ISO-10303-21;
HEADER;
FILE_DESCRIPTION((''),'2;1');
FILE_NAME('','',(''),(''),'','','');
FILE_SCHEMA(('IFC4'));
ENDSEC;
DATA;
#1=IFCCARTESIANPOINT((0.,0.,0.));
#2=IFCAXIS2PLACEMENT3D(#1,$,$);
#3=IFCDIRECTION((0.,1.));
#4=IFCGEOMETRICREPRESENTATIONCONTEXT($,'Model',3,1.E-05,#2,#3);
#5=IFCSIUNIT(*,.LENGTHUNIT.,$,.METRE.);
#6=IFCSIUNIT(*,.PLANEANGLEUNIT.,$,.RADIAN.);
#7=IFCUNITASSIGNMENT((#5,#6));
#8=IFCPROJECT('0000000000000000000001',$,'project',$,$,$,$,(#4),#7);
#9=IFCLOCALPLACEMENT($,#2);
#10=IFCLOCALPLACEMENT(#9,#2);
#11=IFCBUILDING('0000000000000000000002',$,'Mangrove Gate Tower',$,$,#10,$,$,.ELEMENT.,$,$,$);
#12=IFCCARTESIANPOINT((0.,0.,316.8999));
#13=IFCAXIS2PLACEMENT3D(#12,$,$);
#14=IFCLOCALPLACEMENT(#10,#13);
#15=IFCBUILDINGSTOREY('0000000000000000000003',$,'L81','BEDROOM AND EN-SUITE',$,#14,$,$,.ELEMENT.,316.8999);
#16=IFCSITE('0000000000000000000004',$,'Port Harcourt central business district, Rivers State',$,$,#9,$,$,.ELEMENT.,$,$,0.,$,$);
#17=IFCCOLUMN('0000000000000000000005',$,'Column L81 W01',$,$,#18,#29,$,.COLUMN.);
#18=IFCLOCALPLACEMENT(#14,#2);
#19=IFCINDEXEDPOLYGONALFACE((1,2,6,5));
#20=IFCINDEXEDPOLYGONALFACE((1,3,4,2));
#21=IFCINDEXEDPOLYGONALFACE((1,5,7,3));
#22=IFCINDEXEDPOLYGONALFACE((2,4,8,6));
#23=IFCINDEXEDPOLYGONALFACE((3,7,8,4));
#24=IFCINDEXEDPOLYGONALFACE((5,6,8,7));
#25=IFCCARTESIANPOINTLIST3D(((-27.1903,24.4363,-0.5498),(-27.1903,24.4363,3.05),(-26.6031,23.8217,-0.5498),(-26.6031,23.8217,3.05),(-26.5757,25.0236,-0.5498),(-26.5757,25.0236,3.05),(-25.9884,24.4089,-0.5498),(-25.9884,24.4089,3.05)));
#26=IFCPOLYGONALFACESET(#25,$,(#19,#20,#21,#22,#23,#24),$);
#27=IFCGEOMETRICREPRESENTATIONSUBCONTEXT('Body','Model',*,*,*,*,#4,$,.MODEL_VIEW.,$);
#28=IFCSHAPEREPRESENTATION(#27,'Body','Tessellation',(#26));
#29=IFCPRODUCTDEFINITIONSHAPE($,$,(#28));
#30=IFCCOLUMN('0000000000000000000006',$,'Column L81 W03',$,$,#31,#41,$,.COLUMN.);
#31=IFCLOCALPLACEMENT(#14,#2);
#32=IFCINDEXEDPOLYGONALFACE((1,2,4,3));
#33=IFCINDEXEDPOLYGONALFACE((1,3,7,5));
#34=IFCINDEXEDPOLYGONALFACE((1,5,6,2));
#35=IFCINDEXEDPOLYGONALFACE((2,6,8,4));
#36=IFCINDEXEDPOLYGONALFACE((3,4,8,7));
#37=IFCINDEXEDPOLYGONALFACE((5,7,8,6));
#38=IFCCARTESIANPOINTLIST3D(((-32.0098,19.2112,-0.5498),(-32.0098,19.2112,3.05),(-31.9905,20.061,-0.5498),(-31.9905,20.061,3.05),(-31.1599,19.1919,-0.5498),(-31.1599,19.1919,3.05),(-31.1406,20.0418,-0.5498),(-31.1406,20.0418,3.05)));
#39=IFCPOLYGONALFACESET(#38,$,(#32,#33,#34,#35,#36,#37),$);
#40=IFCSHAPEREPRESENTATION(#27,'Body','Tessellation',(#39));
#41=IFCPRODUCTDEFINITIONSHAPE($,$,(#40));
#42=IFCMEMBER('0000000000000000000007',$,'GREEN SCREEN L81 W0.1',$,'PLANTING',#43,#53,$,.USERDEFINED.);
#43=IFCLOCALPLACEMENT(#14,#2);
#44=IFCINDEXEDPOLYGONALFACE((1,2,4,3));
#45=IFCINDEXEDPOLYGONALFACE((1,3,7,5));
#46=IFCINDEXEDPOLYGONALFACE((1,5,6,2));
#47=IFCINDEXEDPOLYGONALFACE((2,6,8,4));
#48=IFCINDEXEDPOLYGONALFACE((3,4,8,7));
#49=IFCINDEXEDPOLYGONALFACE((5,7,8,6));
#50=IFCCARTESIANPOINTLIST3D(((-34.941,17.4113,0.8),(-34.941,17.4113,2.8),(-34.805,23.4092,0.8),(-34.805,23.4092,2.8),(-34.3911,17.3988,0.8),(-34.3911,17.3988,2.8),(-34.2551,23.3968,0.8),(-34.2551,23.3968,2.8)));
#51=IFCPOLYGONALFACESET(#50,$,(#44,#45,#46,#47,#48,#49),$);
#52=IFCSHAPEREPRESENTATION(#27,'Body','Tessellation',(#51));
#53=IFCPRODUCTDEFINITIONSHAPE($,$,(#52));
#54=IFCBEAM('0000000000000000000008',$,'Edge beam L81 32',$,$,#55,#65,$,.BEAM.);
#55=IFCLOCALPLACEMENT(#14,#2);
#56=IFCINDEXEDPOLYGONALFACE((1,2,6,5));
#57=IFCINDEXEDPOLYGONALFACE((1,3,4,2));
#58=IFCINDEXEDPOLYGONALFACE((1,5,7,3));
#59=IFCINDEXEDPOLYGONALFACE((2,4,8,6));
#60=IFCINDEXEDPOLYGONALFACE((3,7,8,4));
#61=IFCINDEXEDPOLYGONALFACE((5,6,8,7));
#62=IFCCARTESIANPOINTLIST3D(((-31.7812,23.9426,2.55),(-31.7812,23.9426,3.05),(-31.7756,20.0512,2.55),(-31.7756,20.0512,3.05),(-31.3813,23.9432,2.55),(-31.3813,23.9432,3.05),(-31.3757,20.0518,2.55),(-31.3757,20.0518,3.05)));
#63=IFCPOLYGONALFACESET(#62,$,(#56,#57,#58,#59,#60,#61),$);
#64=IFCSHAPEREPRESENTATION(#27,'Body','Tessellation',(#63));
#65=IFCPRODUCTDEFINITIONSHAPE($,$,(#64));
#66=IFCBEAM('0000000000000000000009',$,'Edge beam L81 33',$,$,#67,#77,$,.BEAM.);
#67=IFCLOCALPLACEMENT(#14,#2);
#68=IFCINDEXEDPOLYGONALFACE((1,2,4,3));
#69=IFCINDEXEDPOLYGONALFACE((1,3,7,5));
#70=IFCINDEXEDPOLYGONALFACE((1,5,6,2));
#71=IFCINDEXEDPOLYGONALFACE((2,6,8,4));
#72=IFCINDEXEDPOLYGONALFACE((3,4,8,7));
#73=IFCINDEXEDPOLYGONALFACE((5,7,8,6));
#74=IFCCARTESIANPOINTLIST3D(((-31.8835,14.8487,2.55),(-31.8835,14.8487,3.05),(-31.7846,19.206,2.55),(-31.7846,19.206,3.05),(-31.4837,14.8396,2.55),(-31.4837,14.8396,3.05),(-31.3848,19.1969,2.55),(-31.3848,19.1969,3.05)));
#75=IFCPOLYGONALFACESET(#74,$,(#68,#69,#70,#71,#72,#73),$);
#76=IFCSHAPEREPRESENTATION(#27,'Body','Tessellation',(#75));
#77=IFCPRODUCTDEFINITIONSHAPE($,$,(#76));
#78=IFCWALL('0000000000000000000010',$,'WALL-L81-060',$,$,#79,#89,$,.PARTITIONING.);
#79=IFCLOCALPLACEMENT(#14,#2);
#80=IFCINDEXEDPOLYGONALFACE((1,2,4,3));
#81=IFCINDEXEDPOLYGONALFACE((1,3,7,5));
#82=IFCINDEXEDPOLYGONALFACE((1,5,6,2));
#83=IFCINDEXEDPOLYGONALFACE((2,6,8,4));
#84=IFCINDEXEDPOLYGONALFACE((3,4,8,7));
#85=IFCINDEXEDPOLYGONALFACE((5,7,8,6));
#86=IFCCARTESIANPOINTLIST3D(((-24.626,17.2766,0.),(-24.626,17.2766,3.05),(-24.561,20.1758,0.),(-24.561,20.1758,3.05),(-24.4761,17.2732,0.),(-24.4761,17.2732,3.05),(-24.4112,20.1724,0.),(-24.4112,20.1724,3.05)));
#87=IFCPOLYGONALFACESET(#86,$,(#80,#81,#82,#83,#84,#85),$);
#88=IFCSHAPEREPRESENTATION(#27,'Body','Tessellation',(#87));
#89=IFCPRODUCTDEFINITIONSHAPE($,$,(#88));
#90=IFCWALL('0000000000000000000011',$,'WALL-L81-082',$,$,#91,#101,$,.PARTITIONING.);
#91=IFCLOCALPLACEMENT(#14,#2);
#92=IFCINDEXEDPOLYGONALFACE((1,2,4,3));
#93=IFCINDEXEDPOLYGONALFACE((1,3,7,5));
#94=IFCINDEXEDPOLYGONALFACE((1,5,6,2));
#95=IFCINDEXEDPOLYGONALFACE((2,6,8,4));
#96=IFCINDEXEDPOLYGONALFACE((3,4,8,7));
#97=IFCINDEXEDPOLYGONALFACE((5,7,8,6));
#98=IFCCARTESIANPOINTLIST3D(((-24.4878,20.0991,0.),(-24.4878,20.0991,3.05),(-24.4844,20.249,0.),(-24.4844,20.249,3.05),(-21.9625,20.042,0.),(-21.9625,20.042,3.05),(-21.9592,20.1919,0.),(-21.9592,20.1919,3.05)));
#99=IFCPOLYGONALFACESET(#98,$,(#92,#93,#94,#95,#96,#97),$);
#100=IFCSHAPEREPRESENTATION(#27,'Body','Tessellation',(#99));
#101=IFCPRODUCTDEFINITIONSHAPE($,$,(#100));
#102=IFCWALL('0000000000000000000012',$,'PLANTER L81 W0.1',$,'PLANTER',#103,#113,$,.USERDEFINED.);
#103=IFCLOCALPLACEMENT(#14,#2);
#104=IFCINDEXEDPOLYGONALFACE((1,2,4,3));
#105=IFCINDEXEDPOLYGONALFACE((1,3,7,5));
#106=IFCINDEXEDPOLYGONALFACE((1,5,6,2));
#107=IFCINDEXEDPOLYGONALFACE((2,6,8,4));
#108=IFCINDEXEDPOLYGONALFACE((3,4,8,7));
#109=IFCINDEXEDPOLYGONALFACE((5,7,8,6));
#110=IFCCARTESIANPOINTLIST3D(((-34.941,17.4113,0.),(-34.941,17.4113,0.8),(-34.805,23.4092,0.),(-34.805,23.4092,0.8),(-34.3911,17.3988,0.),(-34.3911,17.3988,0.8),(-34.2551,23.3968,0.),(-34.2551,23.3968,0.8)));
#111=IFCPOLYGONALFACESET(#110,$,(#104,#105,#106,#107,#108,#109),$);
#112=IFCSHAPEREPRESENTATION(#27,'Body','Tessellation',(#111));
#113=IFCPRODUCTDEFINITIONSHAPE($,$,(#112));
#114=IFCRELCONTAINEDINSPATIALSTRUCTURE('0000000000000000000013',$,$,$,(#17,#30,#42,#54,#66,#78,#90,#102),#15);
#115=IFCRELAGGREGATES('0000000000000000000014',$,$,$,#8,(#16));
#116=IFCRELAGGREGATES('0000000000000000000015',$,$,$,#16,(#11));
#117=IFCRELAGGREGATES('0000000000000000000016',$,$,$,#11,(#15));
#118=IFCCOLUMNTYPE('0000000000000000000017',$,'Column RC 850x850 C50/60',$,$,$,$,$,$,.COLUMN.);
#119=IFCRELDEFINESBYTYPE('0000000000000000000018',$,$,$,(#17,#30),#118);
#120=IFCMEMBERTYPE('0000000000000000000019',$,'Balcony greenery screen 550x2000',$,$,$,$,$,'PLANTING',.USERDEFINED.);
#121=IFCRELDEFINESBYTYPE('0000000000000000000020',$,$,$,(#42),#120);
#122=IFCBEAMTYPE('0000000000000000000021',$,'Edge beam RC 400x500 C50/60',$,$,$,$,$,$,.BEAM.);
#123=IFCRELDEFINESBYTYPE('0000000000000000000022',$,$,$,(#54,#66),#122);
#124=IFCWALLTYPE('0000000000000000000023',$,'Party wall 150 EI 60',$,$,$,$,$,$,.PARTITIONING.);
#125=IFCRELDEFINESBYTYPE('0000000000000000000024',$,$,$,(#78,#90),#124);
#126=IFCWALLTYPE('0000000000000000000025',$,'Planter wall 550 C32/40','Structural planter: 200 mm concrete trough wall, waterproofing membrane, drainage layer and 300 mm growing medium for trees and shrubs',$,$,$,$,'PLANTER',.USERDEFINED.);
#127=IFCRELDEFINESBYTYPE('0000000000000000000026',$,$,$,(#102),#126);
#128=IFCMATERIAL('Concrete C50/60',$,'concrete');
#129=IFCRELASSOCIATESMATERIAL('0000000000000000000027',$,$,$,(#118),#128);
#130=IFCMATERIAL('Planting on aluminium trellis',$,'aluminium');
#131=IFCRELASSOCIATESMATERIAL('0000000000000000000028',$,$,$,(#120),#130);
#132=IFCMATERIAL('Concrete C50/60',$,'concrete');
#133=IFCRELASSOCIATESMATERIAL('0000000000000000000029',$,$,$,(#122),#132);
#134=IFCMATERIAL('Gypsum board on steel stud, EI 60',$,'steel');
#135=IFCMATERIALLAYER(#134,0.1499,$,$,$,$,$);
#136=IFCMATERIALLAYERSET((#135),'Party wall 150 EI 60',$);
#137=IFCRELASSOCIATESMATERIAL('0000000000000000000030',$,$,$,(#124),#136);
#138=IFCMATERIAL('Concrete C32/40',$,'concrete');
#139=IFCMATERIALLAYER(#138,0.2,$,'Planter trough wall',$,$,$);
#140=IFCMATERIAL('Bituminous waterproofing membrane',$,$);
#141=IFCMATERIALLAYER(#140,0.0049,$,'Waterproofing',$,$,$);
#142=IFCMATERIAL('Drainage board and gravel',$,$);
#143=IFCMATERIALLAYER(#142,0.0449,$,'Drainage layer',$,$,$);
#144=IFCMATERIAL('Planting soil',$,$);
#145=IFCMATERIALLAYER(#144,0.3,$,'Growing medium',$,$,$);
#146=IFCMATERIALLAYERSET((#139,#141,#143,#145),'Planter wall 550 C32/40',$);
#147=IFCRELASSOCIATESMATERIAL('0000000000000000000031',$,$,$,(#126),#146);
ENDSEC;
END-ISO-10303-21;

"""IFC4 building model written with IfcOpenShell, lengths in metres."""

from ifc_helpers import new_model, si_unit, direction, frame, frame_2d, origin, origin_2d, place, context, subcontext, project, spatial, rectangle, extrude, material, layer, layer_set, material_profile, profile_set, type_object, element, save


model = new_model("IFC4")

# Units and contexts
model_context = context("Model", 3, precision=1e-05, world=origin(), true_north=direction((0.0, 1.0)))
body_context = subcontext(model_context, "Body", "Model", "MODEL_VIEW")
ifc_project = project(units=[si_unit("LENGTHUNIT", "METRE"), si_unit("PLANEANGLEUNIT", "RADIAN")], contexts=[model_context])

# Site, building, storey
site_placement = place(None, origin())
site = spatial("IfcSite", under=ifc_project, at=site_placement, Name="Port Harcourt central business district, Rivers State", CompositionType="ELEMENT", RefElevation=0.0)
building_placement = place(site_placement, origin())
building = spatial("IfcBuilding", under=site, at=building_placement, Name="Mangrove Gate Tower", CompositionType="ELEMENT")
storey_placement = place(building_placement, frame((0.0, 0.0, 316.8999)))
storey = spatial("IfcBuildingStorey", under=building, at=storey_placement, Name="L81", Description="BEDROOM AND EN-SUITE", CompositionType="ELEMENT", Elevation=316.8999)

# Columns
ifc_material_1 = material(Name="Concrete C50/60", Category="concrete")
ifc_material_profile_1 = material_profile(ifc_material_1, rectangle(XDim=0.8501, YDim=0.8501, at=origin_2d()))
ifc_profile_set_1 = profile_set([ifc_material_profile_1], Name="Concrete C50/60")
column_type = type_object("IfcColumnType", Name="Column RC 850x850 C50/60", PredefinedType="COLUMN", material=ifc_profile_set_1)
for number, where, z_axis, x_axis, name in (
    (1, (-26.5894, 24.4226, -0.5498), (0.0, 0.0, 1.0), (-0.723044, -0.690802, 0.0), "Column L81 W01"),
    (2, (-31.5752, 19.6265, -0.5498), (0.0, 0.0, 1.0), (-0.022656, -0.999743, 0.0), "Column L81 W03"),
):
    element("IfcColumn", number, at=place(storey_placement, frame(where, z_axis=z_axis, x_axis=x_axis)), inside=storey, type_object=column_type, Name=name, PredefinedType="COLUMN", context=body_context, shape_type="SweptSolid", body=[
        extrude(rectangle(XDim=0.8501, YDim=0.8501, at=origin_2d()), origin(), (0.0, 0.0, 1.0), 3.5999),
    ])

# Member
ifc_material_2 = material(Name="Planting on aluminium trellis", Category="aluminium")
ifc_material_profile_2 = material_profile(ifc_material_2, rectangle(XDim=0.55, YDim=2.0, at=origin_2d()))
ifc_profile_set_2 = profile_set([ifc_material_profile_2], Name="Planting on aluminium trellis")
member_type = type_object("IfcMemberType", Name="Balcony greenery screen 550x2000", ElementType="PLANTING", PredefinedType="USERDEFINED", material=ifc_profile_set_2)
member_placement = place(storey_placement, frame((-34.666, 17.405, 1.8), z_axis=(0.022666, 0.999743, 0.0), x_axis=(-0.999743, 0.022666, 0.0)))
element("IfcMember", 3, at=member_placement, inside=storey, type_object=member_type, Name="GREEN SCREEN L81 W0.1", ObjectType="PLANTING", PredefinedType="USERDEFINED", context=body_context, shape_type="SweptSolid", body=[
    extrude(rectangle(XDim=0.55, YDim=2.0, at=origin_2d()), origin(), (0.0, 0.0, 1.0), 5.9995),
])

# Beams
ifc_material_3 = material(Name="Concrete C50/60", Category="concrete")
ifc_material_profile_3 = material_profile(ifc_material_3, rectangle(XDim=0.3999, YDim=0.5, at=origin_2d()))
ifc_profile_set_3 = profile_set([ifc_material_profile_3], Name="Concrete C50/60")
beam_type = type_object("IfcBeamType", Name="Edge beam RC 400x500 C50/60", PredefinedType="BEAM", material=ifc_profile_set_3)
beam_1_placement = place(storey_placement, frame((-31.5813, 23.9429, 2.8), z_axis=(0.001443, -0.999999, 0.0), x_axis=(0.999999, 0.001443, 0.0)))
element("IfcBeam", 4, at=beam_1_placement, inside=storey, type_object=beam_type, Name="Edge beam L81 32", PredefinedType="BEAM", context=body_context, shape_type="SweptSolid", body=[
    extrude(rectangle(XDim=0.3999, YDim=0.5, at=origin_2d()), origin(), (0.0, 0.0, 1.0), 3.8914),
])
beam_2_placement = place(storey_placement, frame((-31.5847, 19.2014, 2.8), z_axis=(-0.022687, -0.999743, 0.0), x_axis=(0.999743, -0.022687, 0.0)))
element("IfcBeam", 5, at=beam_2_placement, inside=storey, type_object=beam_type, Name="Edge beam L81 33", PredefinedType="BEAM", context=body_context, shape_type="SweptSolid", body=[
    extrude(rectangle(XDim=0.3999, YDim=0.5, at=origin_2d()), origin(), (0.0, 0.0, 1.0), 4.3584),
])

# Walls
ifc_material_4 = material(Name="Gypsum board on steel stud, EI 60", Category="steel")
ifc_layer_1 = layer(ifc_material_4, 0.1499)
ifc_layer_set_1 = layer_set([ifc_layer_1], Name="Party wall 150 EI 60")
wall_type_1 = type_object("IfcWallType", Name="Party wall 150 EI 60", PredefinedType="PARTITIONING", material=ifc_layer_set_1)
wall_1_placement = place(storey_placement, frame((-24.551, 17.2749, 0.0), z_axis=(0.0, 0.0, 1.0), x_axis=(0.022394, 0.999749, 0.0)))
element("IfcWall", 6, at=wall_1_placement, inside=storey, type_object=wall_type_1, Name="WALL-L81-060", PredefinedType="PARTITIONING", context=body_context, shape_type="SweptSolid", body=[
    extrude(rectangle(XDim=2.8999, YDim=0.1499, at=frame_2d((1.45, 0.0))), origin(), (0.0, 0.0, 1.0), 3.05),
])
wall_2_placement = place(storey_placement, frame((-24.4861, 20.1741, 0.0), z_axis=(0.0, 0.0, 1.0), x_axis=(0.999744, -0.022618, 0.0)))
element("IfcWall", 7, at=wall_2_placement, inside=storey, type_object=wall_type_1, Name="WALL-L81-082", PredefinedType="PARTITIONING", context=body_context, shape_type="SweptSolid", body=[
    extrude(rectangle(XDim=2.5259, YDim=0.1499, at=frame_2d((1.2629, 0.0))), origin(), (0.0, 0.0, 1.0), 3.05),
])
ifc_material_5 = material(Name="Concrete C32/40", Category="concrete")
ifc_layer_2 = layer(ifc_material_5, 0.2, Name="Planter trough wall")
ifc_material_6 = material(Name="Bituminous waterproofing membrane")
ifc_layer_3 = layer(ifc_material_6, 0.0049, Name="Waterproofing")
ifc_material_7 = material(Name="Drainage board and gravel")
ifc_layer_4 = layer(ifc_material_7, 0.0449, Name="Drainage layer")
ifc_material_8 = material(Name="Planting soil")
ifc_layer_5 = layer(ifc_material_8, 0.3, Name="Growing medium")
ifc_layer_set_2 = layer_set([ifc_layer_2, ifc_layer_3, ifc_layer_4, ifc_layer_5], Name="Planter wall 550 C32/40")
wall_type_2 = type_object("IfcWallType", Name="Planter wall 550 C32/40", Description="Structural planter: 200 mm concrete trough wall, waterproofing membrane, drainage layer and 300 mm growing medium for trees and shrubs", ElementType="PLANTER", PredefinedType="USERDEFINED", material=ifc_layer_set_2)
wall_3_placement = place(storey_placement, frame((-34.666, 17.405, 0.0), z_axis=(0.0, 0.0, 1.0), x_axis=(0.022666, 0.999743, 0.0)))
element("IfcWall", 8, at=wall_3_placement, inside=storey, type_object=wall_type_2, Name="PLANTER L81 W0.1", ObjectType="PLANTER", PredefinedType="USERDEFINED", context=body_context, shape_type="SweptSolid", body=[
    extrude(rectangle(XDim=5.9995, YDim=0.55, at=frame_2d((2.9998, 0.0))), origin(), (0.0, 0.0, 1.0), 0.8),
])

save(model, "model.ifc")
